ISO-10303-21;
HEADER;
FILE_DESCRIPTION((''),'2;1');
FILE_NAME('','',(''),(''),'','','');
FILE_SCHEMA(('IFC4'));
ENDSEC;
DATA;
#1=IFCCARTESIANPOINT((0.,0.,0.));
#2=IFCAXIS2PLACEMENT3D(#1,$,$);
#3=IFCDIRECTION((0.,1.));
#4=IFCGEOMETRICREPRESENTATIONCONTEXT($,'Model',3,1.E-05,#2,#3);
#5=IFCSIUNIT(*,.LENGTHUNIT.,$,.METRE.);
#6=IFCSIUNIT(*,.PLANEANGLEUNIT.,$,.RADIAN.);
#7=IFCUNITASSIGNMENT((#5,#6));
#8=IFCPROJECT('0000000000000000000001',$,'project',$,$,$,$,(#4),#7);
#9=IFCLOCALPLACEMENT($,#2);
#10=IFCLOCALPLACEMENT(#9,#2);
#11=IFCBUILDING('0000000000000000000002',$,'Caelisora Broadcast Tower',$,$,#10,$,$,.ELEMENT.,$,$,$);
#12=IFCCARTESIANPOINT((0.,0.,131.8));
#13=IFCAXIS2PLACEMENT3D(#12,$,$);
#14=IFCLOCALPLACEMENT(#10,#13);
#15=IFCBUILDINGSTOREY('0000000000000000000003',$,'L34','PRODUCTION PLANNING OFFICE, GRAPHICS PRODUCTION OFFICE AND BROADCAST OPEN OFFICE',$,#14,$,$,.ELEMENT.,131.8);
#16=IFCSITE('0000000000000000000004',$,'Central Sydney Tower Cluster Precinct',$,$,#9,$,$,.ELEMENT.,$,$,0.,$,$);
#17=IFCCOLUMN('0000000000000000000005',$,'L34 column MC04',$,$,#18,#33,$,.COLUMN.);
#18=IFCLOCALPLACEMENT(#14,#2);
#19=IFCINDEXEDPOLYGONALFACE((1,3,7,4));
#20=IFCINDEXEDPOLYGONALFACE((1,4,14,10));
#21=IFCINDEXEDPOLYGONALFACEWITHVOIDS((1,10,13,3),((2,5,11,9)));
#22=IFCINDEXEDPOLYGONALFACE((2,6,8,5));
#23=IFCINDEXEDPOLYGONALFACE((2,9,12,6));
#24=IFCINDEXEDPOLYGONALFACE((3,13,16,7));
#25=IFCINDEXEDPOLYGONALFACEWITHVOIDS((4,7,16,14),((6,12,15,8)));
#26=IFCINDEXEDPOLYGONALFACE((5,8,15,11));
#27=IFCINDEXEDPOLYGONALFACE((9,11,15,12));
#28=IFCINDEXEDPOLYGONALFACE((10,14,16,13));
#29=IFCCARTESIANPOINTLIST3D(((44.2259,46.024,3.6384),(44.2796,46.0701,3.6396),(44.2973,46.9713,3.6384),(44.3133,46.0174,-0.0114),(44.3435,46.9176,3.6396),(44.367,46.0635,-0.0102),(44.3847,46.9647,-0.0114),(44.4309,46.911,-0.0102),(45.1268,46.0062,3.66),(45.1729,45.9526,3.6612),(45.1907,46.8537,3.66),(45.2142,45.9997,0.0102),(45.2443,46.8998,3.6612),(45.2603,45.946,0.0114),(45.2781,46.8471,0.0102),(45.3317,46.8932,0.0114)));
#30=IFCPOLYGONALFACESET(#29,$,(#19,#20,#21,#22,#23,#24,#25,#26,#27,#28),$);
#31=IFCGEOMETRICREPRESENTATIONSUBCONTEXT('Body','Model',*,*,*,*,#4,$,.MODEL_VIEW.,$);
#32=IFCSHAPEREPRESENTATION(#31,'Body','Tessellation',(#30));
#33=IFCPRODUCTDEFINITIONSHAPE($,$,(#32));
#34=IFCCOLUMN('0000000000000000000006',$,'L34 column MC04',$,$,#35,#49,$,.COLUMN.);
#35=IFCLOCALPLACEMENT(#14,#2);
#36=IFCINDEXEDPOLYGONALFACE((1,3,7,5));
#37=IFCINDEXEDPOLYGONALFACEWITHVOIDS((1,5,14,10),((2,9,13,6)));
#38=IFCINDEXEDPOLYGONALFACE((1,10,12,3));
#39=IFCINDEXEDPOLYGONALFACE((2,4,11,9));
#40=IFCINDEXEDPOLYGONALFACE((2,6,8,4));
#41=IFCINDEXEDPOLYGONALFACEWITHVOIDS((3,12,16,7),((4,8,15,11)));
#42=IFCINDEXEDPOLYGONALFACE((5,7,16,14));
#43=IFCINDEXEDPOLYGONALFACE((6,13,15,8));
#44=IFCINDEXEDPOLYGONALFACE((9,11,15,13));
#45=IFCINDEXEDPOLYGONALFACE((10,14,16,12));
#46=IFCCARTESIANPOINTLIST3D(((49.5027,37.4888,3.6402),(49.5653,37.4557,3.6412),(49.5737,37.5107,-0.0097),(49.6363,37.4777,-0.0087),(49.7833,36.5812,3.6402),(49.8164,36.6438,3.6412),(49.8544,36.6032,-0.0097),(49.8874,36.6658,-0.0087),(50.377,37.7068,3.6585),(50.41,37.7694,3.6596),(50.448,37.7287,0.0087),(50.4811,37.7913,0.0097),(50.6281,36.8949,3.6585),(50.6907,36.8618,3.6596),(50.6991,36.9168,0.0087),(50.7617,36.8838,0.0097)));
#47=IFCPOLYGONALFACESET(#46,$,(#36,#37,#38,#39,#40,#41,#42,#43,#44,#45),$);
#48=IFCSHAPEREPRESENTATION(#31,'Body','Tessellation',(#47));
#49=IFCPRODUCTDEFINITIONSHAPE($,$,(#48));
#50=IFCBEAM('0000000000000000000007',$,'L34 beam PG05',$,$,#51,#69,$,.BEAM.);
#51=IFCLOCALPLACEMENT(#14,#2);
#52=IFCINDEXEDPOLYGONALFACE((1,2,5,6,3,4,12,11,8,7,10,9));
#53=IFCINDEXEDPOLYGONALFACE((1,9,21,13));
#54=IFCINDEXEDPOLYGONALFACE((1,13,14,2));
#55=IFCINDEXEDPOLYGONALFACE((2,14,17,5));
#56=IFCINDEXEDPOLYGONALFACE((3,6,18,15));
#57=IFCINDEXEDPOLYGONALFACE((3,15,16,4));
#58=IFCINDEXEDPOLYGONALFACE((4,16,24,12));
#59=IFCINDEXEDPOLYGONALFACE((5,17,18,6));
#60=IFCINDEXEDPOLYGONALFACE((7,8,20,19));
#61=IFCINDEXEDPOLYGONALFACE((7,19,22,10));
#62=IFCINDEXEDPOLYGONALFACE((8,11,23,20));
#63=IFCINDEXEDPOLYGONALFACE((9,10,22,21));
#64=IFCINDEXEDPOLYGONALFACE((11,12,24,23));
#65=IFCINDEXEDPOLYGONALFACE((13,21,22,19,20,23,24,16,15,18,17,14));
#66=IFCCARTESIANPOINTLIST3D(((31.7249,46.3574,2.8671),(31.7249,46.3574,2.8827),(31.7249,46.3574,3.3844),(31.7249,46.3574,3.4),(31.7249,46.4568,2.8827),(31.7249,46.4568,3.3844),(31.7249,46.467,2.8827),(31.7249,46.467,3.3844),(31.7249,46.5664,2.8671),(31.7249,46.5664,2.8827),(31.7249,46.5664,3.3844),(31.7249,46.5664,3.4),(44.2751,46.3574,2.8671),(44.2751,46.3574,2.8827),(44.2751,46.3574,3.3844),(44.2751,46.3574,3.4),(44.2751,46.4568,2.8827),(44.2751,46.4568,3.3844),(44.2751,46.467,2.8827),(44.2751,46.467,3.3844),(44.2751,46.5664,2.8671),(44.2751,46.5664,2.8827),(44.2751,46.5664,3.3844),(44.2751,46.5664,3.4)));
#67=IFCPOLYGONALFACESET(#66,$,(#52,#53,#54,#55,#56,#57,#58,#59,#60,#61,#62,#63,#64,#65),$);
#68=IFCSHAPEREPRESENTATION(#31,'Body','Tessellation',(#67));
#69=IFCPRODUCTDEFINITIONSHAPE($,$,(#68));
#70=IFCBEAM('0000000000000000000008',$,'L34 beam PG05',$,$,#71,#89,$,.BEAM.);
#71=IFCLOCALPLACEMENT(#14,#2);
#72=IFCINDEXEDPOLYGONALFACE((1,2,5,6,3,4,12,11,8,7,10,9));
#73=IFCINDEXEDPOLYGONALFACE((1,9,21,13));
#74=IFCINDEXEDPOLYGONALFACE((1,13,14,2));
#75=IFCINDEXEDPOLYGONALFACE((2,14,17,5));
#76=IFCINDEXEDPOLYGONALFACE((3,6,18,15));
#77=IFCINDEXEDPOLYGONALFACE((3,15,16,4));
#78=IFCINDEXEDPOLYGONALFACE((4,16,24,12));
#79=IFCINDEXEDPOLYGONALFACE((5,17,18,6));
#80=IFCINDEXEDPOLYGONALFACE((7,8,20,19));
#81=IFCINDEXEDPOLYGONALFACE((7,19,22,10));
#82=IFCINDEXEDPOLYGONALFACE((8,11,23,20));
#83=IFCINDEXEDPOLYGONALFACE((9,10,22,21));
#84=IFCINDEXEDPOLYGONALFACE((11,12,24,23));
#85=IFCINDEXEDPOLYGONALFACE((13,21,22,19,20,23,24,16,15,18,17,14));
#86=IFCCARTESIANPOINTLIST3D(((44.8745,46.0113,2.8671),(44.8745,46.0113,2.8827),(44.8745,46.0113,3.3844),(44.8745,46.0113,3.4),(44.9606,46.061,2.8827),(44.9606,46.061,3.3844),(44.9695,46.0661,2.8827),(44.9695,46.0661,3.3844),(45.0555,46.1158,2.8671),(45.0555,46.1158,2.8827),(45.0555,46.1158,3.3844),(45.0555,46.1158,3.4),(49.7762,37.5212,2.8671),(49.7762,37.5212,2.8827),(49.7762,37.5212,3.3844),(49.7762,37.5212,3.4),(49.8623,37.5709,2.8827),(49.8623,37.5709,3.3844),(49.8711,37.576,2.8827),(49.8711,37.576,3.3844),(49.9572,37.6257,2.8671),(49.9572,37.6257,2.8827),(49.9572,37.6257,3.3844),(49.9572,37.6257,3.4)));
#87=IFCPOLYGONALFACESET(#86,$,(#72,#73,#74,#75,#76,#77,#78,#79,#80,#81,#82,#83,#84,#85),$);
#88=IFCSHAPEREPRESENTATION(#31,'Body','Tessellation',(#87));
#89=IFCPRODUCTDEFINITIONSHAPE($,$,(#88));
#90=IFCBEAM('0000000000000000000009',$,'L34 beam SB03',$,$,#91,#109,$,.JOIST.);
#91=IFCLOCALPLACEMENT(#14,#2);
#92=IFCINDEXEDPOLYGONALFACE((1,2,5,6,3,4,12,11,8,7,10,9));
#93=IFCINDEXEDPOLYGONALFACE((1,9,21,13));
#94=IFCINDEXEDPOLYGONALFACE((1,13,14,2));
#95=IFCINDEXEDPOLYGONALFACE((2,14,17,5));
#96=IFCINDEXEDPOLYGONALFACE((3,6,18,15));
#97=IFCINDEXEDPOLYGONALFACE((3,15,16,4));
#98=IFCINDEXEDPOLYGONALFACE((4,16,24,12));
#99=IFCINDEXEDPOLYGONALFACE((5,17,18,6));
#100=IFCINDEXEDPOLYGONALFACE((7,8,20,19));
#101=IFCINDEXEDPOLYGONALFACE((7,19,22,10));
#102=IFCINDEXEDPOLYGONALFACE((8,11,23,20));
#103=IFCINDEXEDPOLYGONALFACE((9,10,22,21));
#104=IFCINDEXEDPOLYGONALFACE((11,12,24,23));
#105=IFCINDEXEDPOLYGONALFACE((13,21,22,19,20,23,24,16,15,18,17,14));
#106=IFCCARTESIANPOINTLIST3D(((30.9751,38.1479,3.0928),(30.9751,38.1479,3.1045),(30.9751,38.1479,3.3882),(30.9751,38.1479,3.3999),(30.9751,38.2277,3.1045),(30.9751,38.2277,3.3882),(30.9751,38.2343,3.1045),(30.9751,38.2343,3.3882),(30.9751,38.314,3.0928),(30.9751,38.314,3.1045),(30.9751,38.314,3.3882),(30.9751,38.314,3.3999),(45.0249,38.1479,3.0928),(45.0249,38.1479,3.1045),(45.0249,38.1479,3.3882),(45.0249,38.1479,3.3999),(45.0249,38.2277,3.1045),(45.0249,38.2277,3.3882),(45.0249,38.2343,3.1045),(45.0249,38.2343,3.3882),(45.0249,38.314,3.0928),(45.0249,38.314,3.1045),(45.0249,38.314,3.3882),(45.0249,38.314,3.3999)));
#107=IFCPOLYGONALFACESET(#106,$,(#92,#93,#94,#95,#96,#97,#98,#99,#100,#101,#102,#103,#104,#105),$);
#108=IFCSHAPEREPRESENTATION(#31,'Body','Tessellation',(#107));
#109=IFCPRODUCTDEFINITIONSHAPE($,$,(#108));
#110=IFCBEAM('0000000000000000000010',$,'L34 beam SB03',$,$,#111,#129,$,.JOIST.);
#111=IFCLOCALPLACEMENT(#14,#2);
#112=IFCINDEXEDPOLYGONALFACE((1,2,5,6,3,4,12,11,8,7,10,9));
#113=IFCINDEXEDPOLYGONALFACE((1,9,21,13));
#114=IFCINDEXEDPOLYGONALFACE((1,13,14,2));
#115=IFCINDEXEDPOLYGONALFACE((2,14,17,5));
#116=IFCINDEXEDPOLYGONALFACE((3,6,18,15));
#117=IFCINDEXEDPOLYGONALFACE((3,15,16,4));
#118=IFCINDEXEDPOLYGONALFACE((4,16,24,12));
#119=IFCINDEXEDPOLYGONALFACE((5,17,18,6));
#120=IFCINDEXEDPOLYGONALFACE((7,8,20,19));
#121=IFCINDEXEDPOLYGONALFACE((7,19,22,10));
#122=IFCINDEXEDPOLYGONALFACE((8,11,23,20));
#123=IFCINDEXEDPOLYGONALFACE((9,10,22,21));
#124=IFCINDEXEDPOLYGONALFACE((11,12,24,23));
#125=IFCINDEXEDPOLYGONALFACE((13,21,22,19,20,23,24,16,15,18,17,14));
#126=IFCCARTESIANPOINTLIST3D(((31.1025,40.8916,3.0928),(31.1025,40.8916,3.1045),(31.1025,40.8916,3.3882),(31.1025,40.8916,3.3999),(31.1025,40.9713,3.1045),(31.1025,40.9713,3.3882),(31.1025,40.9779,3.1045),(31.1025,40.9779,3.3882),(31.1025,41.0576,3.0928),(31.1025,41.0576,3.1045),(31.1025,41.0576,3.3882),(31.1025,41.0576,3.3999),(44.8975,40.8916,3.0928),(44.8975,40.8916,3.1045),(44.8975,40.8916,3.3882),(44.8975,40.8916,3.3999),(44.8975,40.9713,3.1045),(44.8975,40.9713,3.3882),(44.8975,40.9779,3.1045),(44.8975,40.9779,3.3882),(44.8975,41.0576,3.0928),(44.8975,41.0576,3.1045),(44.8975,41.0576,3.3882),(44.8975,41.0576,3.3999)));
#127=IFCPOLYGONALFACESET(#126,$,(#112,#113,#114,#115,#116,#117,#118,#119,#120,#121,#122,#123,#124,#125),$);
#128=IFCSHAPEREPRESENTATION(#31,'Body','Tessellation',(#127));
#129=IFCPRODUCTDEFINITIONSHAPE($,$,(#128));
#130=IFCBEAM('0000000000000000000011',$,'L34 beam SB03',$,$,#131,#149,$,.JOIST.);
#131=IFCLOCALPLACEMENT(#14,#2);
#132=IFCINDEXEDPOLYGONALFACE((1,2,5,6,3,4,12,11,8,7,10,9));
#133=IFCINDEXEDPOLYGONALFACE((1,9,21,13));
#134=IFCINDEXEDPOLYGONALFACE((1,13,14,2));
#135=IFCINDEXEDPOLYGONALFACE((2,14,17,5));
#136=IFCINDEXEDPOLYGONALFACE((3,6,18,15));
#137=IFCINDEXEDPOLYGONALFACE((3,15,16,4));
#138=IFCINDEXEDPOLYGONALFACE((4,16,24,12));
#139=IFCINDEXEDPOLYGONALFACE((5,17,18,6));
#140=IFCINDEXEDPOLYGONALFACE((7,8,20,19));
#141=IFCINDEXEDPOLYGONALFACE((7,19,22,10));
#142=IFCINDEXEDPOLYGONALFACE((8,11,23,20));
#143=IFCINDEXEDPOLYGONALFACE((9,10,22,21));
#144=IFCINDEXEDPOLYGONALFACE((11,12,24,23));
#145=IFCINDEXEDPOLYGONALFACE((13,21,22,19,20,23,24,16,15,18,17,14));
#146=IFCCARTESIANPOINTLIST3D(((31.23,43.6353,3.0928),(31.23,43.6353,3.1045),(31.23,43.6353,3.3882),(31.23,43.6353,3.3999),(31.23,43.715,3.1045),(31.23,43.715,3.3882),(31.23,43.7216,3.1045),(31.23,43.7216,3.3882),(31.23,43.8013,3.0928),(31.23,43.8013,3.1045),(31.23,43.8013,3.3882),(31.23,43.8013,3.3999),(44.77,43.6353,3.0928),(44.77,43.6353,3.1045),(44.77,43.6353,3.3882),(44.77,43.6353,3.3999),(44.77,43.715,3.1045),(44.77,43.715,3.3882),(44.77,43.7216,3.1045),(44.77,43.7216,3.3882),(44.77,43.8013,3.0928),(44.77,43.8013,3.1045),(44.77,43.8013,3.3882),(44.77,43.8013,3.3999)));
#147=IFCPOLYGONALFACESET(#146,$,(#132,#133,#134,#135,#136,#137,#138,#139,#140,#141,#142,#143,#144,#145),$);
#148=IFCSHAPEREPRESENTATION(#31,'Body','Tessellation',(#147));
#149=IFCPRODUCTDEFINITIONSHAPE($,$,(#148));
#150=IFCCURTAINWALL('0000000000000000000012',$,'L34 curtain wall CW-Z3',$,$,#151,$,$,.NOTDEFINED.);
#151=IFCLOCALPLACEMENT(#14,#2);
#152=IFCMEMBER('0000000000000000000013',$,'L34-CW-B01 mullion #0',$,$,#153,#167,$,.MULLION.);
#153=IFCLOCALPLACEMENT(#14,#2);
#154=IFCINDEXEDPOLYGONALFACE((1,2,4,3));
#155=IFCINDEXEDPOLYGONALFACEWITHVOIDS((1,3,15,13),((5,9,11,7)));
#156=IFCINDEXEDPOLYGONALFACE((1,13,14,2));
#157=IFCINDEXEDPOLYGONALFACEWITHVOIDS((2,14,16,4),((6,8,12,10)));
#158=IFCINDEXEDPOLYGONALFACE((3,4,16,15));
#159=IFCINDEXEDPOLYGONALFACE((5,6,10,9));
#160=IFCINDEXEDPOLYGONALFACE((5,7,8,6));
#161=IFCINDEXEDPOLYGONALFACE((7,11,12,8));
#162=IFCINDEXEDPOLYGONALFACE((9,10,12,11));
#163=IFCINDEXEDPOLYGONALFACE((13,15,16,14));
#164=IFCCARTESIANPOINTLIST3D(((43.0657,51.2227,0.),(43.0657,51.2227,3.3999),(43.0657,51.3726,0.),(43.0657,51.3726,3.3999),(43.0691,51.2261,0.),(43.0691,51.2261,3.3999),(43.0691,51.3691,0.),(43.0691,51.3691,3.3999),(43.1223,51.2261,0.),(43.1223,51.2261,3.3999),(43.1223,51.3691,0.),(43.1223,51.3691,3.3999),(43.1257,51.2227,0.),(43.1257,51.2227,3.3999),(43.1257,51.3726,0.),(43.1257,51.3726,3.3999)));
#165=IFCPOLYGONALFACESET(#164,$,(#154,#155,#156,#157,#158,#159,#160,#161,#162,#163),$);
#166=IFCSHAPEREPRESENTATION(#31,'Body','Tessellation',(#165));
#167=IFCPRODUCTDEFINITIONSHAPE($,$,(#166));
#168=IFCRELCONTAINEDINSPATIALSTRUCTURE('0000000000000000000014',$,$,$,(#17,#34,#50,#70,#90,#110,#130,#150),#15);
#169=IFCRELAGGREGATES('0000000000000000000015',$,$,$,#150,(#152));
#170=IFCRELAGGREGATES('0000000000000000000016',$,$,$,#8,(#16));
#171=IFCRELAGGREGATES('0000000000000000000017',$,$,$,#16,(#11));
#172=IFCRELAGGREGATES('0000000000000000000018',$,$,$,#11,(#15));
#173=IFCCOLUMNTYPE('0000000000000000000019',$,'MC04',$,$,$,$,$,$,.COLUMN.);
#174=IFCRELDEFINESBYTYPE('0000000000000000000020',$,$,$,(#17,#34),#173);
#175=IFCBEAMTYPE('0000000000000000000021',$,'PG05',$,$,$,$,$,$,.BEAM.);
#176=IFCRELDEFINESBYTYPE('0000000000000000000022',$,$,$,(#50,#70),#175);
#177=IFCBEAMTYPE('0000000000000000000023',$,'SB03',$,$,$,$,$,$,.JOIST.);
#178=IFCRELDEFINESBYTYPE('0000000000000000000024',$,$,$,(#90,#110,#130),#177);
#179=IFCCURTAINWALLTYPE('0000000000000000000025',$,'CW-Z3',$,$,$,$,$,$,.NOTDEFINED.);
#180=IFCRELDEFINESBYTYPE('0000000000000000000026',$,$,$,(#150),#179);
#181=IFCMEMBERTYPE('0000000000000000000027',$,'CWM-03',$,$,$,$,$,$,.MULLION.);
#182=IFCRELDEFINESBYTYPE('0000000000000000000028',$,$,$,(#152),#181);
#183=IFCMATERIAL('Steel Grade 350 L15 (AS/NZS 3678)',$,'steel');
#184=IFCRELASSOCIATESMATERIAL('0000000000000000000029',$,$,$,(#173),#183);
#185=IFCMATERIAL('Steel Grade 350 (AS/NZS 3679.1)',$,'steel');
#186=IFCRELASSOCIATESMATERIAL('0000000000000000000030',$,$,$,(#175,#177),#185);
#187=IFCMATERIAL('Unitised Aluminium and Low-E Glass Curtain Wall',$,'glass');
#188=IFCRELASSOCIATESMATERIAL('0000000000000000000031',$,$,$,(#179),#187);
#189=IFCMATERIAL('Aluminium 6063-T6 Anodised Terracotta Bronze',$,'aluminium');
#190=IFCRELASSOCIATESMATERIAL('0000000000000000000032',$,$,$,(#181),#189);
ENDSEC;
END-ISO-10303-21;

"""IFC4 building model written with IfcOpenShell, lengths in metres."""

from ifc_helpers import new_model, si_unit, direction, frame, origin, origin_2d, place, context, subcontext, project, spatial, hollow_rectangle, i_section, extrude, source, transform, mapped, material, material_profile, profile_set, type_object, type_shapes, element, aggregate, save


model = new_model("IFC4")

# Units and contexts
model_context = context("Model", 3, precision=1e-05, world=origin(), true_north=direction((0.0, 1.0)))
body_context = subcontext(model_context, "Body", "Model", "MODEL_VIEW")
ifc_project = project(units=[si_unit("LENGTHUNIT", "METRE"), si_unit("PLANEANGLEUNIT", "RADIAN")], contexts=[model_context])

# Site, building, storey
site_placement = place(None, origin())
site = spatial("IfcSite", under=ifc_project, at=site_placement, Name="Central Sydney Tower Cluster Precinct", CompositionType="ELEMENT", RefElevation=0.0)
building_placement = place(site_placement, origin())
building = spatial("IfcBuilding", under=site, at=building_placement, Name="Caelisora Broadcast Tower", CompositionType="ELEMENT")
storey_placement = place(building_placement, frame((0.0, 0.0, 131.8)))
storey = spatial("IfcBuildingStorey", under=building, at=storey_placement, Name="L34", Description="PRODUCTION PLANNING OFFICE, GRAPHICS PRODUCTION OFFICE AND BROADCAST OPEN OFFICE", CompositionType="ELEMENT", Elevation=131.8)

# Columns
ifc_material_1 = material(Name="Steel Grade 350 L15 (AS/NZS 3678)", Category="steel")
ifc_material_profile_1 = material_profile(ifc_material_1, hollow_rectangle(XDim=0.95, YDim=0.95, WallThickness=0.05, at=origin_2d()), Name="Steel Grade 350 L15 (AS/NZS 3678)")
ifc_profile_set_1 = profile_set([ifc_material_profile_1], Name="Steel Grade 350 L15 (AS/NZS 3678)")
column_type = type_object("IfcColumnType", Name="MC04", PredefinedType="COLUMN", material=ifc_profile_set_1)
shared_shape_1 = source(origin(), body_context, "Body", "SweptSolid", [
    extrude(hollow_rectangle(XDim=0.95, YDim=0.95, WallThickness=0.05, at=origin_2d()), origin(), (0.0, 0.0, 1.0), 3.6509),
])
column_1_placement = place(storey_placement, frame((44.8225, 46.4553, 0.0), z_axis=(-0.02394, 0.001805, 0.999712), x_axis=(-0.075205, -0.997168, 0.0)))
element("IfcColumn", 1, at=column_1_placement, inside=storey, type_object=column_type, Name="L34 column MC04", PredefinedType="COLUMN", context=body_context, shape_type="MappedRepresentation", body=[
    mapped(shared_shape_1, transform((0.0, 0.0, 0.0), scale=1.0)),
])
shared_shape_2 = source(origin(), body_context, "Body", "SweptSolid", [
    extrude(hollow_rectangle(XDim=0.95, YDim=0.95, WallThickness=0.05, at=origin_2d()), origin(), (0.0, 0.0, 1.0), 3.6506),
])
type_shapes(column_type, [shared_shape_1, shared_shape_2])
column_2_placement = place(storey_placement, frame((50.1677, 37.1973, 0.0), z_axis=(-0.019461, -0.006019, 0.999793), x_axis=(0.29547, -0.955352, 0.0)))
element("IfcColumn", 2, at=column_2_placement, inside=storey, type_object=column_type, Name="L34 column MC04", PredefinedType="COLUMN", context=body_context, shape_type="MappedRepresentation", body=[
    mapped(shared_shape_2, transform((0.0, 0.0, 0.0), scale=1.0)),
])

# Beams
ifc_material_2 = material(Name="Steel Grade 350 (AS/NZS 3679.1)", Category="steel")
ifc_material_profile_2 = material_profile(ifc_material_2, i_section(OverallWidth=0.209, OverallDepth=0.533, WebThickness=0.0103, FlangeThickness=0.0156, at=origin_2d()), Name="Steel Grade 350 (AS/NZS 3679.1)")
ifc_profile_set_2 = profile_set([ifc_material_profile_2], Name="Steel Grade 350 (AS/NZS 3679.1)")
beam_type_1 = type_object("IfcBeamType", Name="PG05", PredefinedType="BEAM", material=ifc_profile_set_2)
shared_shape_3 = source(origin(), body_context, "Body", "SweptSolid", [
    extrude(i_section(OverallWidth=0.209, OverallDepth=0.533, WebThickness=0.0103, FlangeThickness=0.0156, at=origin_2d()), origin(), (0.0, 0.0, 1.0), 12.5503),
])
beam_1_placement = place(storey_placement, frame((44.2751, 46.4619, 3.1335), z_axis=(-1.0, 0.0, 0.0), x_axis=(0.0, -1.0, 0.0)))
element("IfcBeam", 3, at=beam_1_placement, inside=storey, type_object=beam_type_1, Name="L34 beam PG05", PredefinedType="BEAM", context=body_context, shape_type="MappedRepresentation", body=[
    mapped(shared_shape_3, transform((0.0, 0.0, 0.0), scale=1.0)),
])
shared_shape_4 = source(origin(), body_context, "Body", "SweptSolid", [
    extrude(i_section(OverallWidth=0.209, OverallDepth=0.533, WebThickness=0.0103, FlangeThickness=0.0156, at=origin_2d()), origin(), (0.0, 0.0, 1.0), 9.8035),
])
type_shapes(beam_type_1, [shared_shape_3, shared_shape_4])
beam_2_placement = place(storey_placement, frame((49.8667, 37.5735, 3.1335), z_axis=(-0.499993, 0.866029, 0.0), x_axis=(-0.866029, -0.499993, 0.0)))
element("IfcBeam", 4, at=beam_2_placement, inside=storey, type_object=beam_type_1, Name="L34 beam PG05", PredefinedType="BEAM", context=body_context, shape_type="MappedRepresentation", body=[
    mapped(shared_shape_4, transform((0.0, 0.0, 0.0), scale=1.0)),
])
ifc_material_profile_3 = material_profile(ifc_material_2, i_section(OverallWidth=0.166, OverallDepth=0.3071, WebThickness=0.0066, FlangeThickness=0.0117, at=origin_2d()), Name="Steel Grade 350 (AS/NZS 3679.1)")
ifc_profile_set_3 = profile_set([ifc_material_profile_3], Name="Steel Grade 350 (AS/NZS 3679.1)")
beam_type_2 = type_object("IfcBeamType", Name="SB03", PredefinedType="JOIST", material=ifc_profile_set_3)
shared_shape_5 = source(origin(), body_context, "Body", "SweptSolid", [
    extrude(i_section(OverallWidth=0.166, OverallDepth=0.3071, WebThickness=0.0066, FlangeThickness=0.0117, at=origin_2d()), origin(), (0.0, 0.0, 1.0), 14.0498),
])
beam_3_placement = place(storey_placement, frame((45.0249, 38.231, 3.2463), z_axis=(-1.0, 0.0, 0.0), x_axis=(0.0, -1.0, 0.0)))
element("IfcBeam", 5, at=beam_3_placement, inside=storey, type_object=beam_type_2, Name="L34 beam SB03", PredefinedType="JOIST", context=body_context, shape_type="MappedRepresentation", body=[
    mapped(shared_shape_5, transform((0.0, 0.0, 0.0), scale=1.0)),
])
shared_shape_6 = source(origin(), body_context, "Body", "SweptSolid", [
    extrude(i_section(OverallWidth=0.166, OverallDepth=0.3071, WebThickness=0.0066, FlangeThickness=0.0117, at=origin_2d()), origin(), (0.0, 0.0, 1.0), 13.7949),
])
beam_4_placement = place(storey_placement, frame((44.8975, 40.9746, 3.2463), z_axis=(-1.0, 0.0, 0.0), x_axis=(0.0, -1.0, 0.0)))
element("IfcBeam", 6, at=beam_4_placement, inside=storey, type_object=beam_type_2, Name="L34 beam SB03", PredefinedType="JOIST", context=body_context, shape_type="MappedRepresentation", body=[
    mapped(shared_shape_6, transform((0.0, 0.0, 0.0), scale=1.0)),
])
shared_shape_7 = source(origin(), body_context, "Body", "SweptSolid", [
    extrude(i_section(OverallWidth=0.166, OverallDepth=0.3071, WebThickness=0.0066, FlangeThickness=0.0117, at=origin_2d()), origin(), (0.0, 0.0, 1.0), 13.54),
])
type_shapes(beam_type_2, [shared_shape_5, shared_shape_6, shared_shape_7])
beam_5_placement = place(storey_placement, frame((44.77, 43.7183, 3.2463), z_axis=(-1.0, 0.0, 0.0), x_axis=(0.0, -1.0, 0.0)))
element("IfcBeam", 7, at=beam_5_placement, inside=storey, type_object=beam_type_2, Name="L34 beam SB03", PredefinedType="JOIST", context=body_context, shape_type="MappedRepresentation", body=[
    mapped(shared_shape_7, transform((0.0, 0.0, 0.0), scale=1.0)),
])

# Curtain wall, member
ifc_material_3 = material(Name="Unitised Aluminium and Low-E Glass Curtain Wall", Category="glass")
curtain_wall_type_1 = type_object("IfcCurtainWallType", Name="CW-Z3", PredefinedType="NOTDEFINED", material=ifc_material_3)
curtain_wall_1_placement = place(storey_placement, origin())
curtain_wall_1 = element("IfcCurtainWall", 8, at=curtain_wall_1_placement, inside=storey, type_object=curtain_wall_type_1, Name="L34 curtain wall CW-Z3", PredefinedType="NOTDEFINED")
ifc_material_4 = material(Name="Aluminium 6063-T6 Anodised Terracotta Bronze", Category="aluminium")
ifc_material_profile_4 = material_profile(ifc_material_4, hollow_rectangle(XDim=0.0601, YDim=0.1499, WallThickness=0.0034, at=origin_2d()), Name="Aluminium 6063-T6 Anodised Terracotta Bronze")
ifc_profile_set_4 = profile_set([ifc_material_profile_4], Name="Aluminium 6063-T6 Anodised Terracotta Bronze")
member_type_1 = type_object("IfcMemberType", Name="CWM-03", PredefinedType="MULLION", material=ifc_profile_set_4)
shared_shape_8 = source(origin(), body_context, "Body", "SweptSolid", [
    extrude(hollow_rectangle(XDim=0.0601, YDim=0.1499, WallThickness=0.0034, at=origin_2d()), origin(), (0.0, 0.0, 1.0), 3.3999),
])
type_shapes(member_type_1, [shared_shape_8])
member_1_placement = place(storey_placement, frame((43.0957, 51.2976, 0.0), z_axis=(0.0, 0.0, 1.0), x_axis=(1.0, 0.0, 0.0)))
member_1 = element("IfcMember", 9, at=member_1_placement, type_object=member_type_1, Name="L34-CW-B01 mullion #0", PredefinedType="MULLION", context=body_context, shape_type="MappedRepresentation", body=[
    mapped(shared_shape_8, transform((0.0, 0.0, 0.0), scale=1.0)),
])

aggregate(curtain_wall_1, [member_1])

save(model, "model.ifc")
